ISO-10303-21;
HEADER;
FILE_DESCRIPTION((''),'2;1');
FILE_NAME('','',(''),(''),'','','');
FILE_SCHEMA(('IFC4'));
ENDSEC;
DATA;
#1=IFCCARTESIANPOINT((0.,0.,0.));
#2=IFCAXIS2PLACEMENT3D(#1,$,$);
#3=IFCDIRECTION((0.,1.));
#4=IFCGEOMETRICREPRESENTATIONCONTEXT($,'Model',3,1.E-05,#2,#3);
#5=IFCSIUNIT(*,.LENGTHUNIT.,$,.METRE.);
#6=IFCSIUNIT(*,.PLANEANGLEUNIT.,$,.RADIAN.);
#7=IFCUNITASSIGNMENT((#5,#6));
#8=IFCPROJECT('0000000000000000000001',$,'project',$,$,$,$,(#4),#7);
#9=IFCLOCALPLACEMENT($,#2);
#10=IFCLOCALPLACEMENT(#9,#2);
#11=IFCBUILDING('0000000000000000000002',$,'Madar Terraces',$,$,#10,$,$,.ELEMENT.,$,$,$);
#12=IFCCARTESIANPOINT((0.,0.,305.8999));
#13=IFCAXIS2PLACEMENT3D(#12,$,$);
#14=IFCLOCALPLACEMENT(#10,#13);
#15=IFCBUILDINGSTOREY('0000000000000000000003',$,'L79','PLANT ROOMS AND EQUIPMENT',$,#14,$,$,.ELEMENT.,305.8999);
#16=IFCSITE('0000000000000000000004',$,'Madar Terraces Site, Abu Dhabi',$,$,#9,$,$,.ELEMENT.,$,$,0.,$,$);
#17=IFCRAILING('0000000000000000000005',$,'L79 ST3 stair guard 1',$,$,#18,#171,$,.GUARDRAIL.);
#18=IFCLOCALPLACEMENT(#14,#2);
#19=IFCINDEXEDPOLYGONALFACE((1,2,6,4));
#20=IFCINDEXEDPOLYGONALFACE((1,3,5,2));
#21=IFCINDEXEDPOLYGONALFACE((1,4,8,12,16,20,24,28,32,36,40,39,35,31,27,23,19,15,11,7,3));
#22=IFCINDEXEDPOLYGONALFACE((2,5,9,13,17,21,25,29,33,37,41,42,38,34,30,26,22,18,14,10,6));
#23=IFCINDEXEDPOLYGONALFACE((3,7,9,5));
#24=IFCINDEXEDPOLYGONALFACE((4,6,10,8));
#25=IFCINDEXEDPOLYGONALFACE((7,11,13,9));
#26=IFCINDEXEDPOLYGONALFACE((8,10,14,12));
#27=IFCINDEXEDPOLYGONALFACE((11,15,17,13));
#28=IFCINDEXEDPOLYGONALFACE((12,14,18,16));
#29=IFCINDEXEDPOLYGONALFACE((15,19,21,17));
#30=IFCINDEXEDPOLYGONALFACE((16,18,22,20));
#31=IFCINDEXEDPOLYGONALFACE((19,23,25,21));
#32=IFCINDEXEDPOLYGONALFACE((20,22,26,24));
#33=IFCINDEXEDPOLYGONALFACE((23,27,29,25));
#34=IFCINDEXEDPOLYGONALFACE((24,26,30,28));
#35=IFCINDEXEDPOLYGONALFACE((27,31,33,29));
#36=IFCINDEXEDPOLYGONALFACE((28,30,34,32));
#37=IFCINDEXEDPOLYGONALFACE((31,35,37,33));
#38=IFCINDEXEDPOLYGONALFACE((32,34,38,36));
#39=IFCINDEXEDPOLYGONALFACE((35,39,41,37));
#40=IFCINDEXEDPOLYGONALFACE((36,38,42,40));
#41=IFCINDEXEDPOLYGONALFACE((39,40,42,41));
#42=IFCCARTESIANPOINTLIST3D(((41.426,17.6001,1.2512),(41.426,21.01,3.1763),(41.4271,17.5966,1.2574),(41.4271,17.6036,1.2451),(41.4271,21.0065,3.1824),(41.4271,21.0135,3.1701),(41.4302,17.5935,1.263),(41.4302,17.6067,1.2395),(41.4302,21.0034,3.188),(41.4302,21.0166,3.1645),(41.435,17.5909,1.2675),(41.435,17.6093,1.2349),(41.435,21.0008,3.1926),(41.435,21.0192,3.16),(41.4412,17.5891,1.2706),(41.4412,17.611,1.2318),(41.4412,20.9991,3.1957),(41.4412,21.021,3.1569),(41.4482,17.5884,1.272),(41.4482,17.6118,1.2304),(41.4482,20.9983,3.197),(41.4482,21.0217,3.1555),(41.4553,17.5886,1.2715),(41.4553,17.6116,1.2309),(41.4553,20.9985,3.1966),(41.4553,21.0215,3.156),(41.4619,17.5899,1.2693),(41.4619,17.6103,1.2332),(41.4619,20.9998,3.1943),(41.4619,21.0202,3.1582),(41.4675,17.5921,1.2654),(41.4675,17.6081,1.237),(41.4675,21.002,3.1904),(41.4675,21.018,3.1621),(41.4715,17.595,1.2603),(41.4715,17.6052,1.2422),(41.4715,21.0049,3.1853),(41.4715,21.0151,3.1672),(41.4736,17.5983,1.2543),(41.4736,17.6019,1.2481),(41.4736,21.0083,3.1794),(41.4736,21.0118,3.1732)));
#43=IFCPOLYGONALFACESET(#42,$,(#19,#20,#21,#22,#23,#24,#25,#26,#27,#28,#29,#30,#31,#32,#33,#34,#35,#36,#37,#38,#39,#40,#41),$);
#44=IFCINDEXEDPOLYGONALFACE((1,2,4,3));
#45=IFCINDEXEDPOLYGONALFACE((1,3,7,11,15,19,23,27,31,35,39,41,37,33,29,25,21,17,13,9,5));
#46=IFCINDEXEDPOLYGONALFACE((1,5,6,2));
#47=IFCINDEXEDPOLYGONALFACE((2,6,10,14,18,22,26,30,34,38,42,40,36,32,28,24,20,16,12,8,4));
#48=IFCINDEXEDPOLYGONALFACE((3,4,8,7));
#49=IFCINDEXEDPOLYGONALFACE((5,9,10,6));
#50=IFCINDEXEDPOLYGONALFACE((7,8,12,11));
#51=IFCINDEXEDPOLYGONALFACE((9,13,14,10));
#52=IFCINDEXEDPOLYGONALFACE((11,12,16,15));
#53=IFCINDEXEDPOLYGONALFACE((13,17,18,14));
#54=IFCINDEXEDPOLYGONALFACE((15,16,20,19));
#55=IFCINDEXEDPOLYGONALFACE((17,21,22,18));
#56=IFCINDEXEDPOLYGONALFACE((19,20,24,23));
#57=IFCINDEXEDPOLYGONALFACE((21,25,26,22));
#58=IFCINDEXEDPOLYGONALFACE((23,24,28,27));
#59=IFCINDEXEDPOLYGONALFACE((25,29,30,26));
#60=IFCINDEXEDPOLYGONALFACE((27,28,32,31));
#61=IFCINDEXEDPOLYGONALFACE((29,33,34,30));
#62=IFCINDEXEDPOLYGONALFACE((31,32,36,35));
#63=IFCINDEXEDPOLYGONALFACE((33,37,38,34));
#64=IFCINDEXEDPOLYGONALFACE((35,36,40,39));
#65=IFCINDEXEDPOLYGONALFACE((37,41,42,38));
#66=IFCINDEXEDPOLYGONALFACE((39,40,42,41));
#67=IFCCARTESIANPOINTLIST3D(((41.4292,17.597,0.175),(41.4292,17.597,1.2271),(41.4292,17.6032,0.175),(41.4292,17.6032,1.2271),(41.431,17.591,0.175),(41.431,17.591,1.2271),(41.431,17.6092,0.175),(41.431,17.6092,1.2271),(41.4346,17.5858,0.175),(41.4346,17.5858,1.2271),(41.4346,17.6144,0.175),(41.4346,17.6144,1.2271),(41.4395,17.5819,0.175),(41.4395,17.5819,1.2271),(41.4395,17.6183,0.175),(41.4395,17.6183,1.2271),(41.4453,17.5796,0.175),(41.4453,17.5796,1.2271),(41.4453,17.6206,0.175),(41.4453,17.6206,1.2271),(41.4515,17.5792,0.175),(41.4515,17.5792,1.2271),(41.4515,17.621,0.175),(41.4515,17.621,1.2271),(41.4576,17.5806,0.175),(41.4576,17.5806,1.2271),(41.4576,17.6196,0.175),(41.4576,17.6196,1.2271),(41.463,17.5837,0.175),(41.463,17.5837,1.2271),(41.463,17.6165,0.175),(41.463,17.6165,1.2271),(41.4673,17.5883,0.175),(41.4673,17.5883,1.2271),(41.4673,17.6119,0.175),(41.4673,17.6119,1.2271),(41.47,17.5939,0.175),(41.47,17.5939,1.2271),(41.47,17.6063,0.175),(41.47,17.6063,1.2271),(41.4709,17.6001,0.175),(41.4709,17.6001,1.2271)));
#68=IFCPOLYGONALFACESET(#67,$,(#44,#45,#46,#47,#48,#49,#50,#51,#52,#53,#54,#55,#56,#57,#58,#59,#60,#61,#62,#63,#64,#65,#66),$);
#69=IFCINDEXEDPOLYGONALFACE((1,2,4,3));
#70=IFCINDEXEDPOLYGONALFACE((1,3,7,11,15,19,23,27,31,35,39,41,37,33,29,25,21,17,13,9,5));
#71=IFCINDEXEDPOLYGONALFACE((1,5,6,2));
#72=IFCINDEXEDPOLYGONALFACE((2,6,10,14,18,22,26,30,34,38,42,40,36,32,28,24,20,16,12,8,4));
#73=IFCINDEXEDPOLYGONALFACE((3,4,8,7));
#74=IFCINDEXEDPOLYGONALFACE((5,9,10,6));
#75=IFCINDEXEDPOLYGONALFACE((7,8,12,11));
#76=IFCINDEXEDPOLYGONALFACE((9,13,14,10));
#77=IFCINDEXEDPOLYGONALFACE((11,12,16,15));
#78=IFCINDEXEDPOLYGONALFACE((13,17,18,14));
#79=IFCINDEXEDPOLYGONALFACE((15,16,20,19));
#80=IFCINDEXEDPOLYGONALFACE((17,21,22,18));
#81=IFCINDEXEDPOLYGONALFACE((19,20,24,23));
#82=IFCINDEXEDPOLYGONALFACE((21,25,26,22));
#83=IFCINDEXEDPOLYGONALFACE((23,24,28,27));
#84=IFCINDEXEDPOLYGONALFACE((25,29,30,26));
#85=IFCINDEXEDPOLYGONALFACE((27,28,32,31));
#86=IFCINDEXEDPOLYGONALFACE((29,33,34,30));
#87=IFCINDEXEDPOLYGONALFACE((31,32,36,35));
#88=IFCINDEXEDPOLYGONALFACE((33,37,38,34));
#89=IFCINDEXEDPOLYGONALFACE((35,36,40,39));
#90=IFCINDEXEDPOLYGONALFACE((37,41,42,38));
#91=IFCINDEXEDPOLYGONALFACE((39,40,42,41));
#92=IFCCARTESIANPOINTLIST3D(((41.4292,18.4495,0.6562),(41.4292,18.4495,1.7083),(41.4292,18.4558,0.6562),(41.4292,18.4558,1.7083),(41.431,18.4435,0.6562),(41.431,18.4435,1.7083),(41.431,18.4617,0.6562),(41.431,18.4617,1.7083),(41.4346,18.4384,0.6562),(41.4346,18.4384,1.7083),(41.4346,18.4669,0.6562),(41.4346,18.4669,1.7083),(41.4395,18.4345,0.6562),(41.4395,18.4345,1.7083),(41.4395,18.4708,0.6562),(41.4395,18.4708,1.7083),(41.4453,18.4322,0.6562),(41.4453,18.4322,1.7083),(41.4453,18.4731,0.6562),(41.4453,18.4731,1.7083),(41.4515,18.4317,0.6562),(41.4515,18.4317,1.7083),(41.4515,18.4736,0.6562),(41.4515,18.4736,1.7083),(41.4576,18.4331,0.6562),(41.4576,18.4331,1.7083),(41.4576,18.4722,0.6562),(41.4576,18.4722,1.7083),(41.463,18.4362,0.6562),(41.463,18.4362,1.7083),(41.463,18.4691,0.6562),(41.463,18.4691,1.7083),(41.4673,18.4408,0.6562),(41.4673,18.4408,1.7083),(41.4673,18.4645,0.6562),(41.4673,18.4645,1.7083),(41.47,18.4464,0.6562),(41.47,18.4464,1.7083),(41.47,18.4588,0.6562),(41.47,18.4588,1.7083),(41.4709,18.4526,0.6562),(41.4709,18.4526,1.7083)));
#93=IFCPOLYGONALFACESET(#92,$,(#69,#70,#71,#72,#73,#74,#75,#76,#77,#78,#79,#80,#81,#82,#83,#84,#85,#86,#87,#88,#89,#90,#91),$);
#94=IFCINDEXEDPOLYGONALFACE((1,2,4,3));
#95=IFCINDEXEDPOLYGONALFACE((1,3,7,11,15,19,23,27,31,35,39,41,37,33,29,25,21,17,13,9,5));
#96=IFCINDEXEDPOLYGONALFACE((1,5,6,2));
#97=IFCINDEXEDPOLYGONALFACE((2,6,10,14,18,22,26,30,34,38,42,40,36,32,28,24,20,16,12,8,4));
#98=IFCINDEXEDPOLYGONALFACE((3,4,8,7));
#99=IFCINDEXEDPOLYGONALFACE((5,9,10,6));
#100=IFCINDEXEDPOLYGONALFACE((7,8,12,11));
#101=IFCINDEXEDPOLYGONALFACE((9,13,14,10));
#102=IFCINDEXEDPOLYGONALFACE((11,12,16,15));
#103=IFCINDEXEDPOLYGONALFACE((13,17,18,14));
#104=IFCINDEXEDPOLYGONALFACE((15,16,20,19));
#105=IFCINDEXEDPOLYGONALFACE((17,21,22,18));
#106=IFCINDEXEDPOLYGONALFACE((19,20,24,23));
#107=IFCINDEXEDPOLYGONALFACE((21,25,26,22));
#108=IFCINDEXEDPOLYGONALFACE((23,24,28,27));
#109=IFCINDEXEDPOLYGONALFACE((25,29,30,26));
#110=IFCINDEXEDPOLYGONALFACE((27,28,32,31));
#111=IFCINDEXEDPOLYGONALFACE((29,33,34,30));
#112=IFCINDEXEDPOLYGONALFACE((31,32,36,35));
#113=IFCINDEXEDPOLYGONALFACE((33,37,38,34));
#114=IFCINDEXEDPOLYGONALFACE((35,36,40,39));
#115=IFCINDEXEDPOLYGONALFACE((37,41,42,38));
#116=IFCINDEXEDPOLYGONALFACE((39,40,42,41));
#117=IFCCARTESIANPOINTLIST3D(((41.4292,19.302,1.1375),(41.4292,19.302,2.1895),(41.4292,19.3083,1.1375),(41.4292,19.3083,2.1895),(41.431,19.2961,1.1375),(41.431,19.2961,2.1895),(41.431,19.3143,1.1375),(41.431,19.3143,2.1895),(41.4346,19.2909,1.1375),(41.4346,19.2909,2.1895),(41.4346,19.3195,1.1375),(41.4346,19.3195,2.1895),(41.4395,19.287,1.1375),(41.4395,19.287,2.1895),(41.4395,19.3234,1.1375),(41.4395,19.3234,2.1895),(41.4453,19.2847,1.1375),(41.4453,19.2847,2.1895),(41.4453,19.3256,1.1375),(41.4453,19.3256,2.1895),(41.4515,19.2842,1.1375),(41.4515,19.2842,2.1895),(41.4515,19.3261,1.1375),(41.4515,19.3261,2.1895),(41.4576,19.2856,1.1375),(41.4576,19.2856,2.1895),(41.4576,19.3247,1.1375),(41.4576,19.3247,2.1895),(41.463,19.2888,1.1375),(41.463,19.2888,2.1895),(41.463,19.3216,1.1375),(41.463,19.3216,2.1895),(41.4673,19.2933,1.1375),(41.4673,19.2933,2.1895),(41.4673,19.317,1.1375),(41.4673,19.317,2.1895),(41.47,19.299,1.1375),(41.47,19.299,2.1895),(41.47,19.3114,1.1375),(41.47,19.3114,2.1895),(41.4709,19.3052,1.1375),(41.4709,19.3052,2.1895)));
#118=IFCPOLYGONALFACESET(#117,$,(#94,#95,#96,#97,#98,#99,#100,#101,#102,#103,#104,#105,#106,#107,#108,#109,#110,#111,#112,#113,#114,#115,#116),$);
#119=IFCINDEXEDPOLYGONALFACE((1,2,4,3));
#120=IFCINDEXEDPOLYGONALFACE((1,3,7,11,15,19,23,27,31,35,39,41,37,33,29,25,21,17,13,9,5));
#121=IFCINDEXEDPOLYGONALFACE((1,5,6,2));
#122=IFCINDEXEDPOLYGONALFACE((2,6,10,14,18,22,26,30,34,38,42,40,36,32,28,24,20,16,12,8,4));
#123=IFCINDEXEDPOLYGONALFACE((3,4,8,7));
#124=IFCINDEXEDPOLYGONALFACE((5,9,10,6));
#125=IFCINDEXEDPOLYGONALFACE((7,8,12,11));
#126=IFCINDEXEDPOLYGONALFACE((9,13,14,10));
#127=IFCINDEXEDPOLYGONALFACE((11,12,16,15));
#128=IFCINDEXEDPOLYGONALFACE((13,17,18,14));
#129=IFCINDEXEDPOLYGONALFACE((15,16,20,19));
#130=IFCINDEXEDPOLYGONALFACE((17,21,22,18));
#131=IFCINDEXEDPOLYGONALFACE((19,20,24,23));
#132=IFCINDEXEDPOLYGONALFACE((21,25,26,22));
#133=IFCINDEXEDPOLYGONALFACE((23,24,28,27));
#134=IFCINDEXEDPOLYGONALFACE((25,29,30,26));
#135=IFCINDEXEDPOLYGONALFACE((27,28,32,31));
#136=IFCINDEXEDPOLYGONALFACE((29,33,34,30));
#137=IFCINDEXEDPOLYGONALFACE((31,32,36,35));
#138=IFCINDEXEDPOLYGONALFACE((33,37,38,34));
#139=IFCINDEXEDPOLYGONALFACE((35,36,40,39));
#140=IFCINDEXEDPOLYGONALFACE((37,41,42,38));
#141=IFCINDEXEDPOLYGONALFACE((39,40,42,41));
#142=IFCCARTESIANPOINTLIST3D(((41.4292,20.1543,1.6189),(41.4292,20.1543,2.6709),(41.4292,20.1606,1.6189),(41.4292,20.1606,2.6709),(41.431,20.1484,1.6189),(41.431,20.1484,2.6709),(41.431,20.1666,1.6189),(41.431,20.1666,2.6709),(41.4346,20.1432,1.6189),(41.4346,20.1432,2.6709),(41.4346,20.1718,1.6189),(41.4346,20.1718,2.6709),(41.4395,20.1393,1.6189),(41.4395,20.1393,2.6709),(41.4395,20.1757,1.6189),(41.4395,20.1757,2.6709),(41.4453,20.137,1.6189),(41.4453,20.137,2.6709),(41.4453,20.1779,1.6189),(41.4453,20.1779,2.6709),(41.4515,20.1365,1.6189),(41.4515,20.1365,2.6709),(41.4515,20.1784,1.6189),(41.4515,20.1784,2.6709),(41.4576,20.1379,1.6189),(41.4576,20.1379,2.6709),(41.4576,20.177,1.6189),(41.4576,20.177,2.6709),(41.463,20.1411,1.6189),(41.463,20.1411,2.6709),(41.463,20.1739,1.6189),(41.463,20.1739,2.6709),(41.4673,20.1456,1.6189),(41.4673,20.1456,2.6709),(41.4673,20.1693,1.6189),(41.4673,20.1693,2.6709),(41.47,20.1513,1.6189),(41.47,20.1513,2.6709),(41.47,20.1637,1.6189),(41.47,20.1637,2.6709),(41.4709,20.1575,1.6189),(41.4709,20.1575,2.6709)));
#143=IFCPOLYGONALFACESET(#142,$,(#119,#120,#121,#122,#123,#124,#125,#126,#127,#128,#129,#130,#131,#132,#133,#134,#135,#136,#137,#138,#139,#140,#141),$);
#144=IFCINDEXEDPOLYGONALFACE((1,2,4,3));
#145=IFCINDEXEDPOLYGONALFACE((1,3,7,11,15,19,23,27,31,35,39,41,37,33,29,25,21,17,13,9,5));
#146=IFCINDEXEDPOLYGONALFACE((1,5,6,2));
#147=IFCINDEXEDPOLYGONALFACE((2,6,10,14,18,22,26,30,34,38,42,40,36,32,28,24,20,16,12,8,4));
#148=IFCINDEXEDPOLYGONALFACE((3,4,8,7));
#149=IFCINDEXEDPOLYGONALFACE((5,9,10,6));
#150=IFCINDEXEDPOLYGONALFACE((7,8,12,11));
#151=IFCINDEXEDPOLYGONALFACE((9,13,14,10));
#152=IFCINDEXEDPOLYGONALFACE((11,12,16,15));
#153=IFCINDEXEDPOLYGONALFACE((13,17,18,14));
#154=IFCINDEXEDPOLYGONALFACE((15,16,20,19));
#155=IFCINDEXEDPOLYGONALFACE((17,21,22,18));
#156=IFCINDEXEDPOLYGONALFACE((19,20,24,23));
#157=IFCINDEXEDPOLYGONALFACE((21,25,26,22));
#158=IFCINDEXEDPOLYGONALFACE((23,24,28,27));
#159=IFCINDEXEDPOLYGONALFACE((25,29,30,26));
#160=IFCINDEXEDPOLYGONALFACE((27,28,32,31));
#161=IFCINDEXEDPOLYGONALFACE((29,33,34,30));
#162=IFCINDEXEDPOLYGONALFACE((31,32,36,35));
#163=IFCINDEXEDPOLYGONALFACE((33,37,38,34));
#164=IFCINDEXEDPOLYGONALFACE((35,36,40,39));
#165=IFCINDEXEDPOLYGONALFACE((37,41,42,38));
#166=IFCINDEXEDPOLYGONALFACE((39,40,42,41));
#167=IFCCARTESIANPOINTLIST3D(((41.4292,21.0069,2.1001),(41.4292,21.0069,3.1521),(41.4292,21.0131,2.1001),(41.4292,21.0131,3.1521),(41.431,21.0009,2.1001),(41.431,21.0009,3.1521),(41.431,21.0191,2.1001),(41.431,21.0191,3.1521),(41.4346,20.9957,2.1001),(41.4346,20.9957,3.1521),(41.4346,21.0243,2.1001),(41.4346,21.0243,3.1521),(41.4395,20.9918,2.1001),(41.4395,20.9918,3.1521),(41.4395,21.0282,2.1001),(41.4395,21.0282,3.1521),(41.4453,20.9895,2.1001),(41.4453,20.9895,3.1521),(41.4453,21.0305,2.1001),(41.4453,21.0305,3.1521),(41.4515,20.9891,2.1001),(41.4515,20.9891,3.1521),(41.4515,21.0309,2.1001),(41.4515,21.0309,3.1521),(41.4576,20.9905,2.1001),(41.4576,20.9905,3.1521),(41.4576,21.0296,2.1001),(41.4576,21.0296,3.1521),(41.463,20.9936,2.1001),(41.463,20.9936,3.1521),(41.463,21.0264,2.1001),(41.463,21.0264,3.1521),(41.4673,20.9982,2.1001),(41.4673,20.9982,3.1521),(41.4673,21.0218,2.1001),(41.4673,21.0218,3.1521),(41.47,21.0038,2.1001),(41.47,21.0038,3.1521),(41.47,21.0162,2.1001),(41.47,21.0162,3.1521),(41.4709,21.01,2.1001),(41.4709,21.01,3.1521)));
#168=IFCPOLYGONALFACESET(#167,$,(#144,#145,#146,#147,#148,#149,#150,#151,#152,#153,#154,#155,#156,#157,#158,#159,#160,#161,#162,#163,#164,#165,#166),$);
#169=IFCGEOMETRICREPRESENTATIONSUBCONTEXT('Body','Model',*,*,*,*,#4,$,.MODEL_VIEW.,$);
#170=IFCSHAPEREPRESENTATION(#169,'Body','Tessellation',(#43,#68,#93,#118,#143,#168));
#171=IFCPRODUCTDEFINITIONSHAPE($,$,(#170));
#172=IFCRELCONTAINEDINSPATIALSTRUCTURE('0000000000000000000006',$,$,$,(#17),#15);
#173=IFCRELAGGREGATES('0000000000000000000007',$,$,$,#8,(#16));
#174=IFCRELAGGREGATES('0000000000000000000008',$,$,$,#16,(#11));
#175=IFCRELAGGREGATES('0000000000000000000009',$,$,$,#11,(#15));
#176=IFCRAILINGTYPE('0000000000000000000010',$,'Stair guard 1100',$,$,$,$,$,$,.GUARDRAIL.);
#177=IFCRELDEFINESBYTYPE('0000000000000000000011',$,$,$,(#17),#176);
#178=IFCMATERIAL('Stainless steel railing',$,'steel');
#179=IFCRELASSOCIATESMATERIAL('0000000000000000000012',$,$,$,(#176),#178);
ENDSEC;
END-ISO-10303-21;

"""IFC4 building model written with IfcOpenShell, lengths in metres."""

from ifc_helpers import new_model, si_unit, direction, frame, origin, origin_2d, place, context, subcontext, project, spatial, circle, extrude, material, type_object, element, save


model = new_model("IFC4")

# Units and contexts
model_context = context("Model", 3, precision=1e-05, world=origin(), true_north=direction((0.0, 1.0)))
body_context = subcontext(model_context, "Body", "Model", "MODEL_VIEW")
ifc_project = project(units=[si_unit("LENGTHUNIT", "METRE"), si_unit("PLANEANGLEUNIT", "RADIAN")], contexts=[model_context])

# Site, building, storey
site_placement = place(None, origin())
site = spatial("IfcSite", under=ifc_project, at=site_placement, Name="Madar Terraces Site, Abu Dhabi", CompositionType="ELEMENT", RefElevation=0.0)
building_placement = place(site_placement, origin())
building = spatial("IfcBuilding", under=site, at=building_placement, Name="Madar Terraces", CompositionType="ELEMENT")
storey_placement = place(building_placement, frame((0.0, 0.0, 305.8999)))
storey = spatial("IfcBuildingStorey", under=building, at=storey_placement, Name="L79", Description="PLANT ROOMS AND EQUIPMENT", CompositionType="ELEMENT", Elevation=305.8999)

# Railing
ifc_material_1 = material(Name="Stainless steel railing", Category="steel")
railing_type_1 = type_object("IfcRailingType", Name="Stair guard 1100", PredefinedType="GUARDRAIL", material=ifc_material_1)
railing_1_placement = place(storey_placement, frame((41.45, 17.6001, 0.175)))
element("IfcRailing", 1, at=railing_1_placement, inside=storey, type_object=railing_type_1, Name="L79 ST3 stair guard 1", PredefinedType="GUARDRAIL", context=body_context, shape_type="SweptSolid", body=[
    extrude(circle(Radius=0.0239, at=origin_2d()), frame((0.0, 0.0, 1.0762), z_axis=(0.0, 0.870814, 0.491613), x_axis=(-1.0, 0.0, 0.0)), (0.0, 0.0, 1.0), 3.9158),
    extrude(circle(Radius=0.021, at=origin_2d()), origin(), (0.0, 0.0, 1.0), 1.052),
    extrude(circle(Radius=0.021, at=origin_2d()), frame((0.0, 0.8525, 0.4812)), (0.0, 0.0, 1.0), 1.052),
    extrude(circle(Radius=0.021, at=origin_2d()), frame((0.0, 1.7051, 0.9624)), (0.0, 0.0, 1.0), 1.052),
    extrude(circle(Radius=0.021, at=origin_2d()), frame((0.0, 2.5574, 1.4438)), (0.0, 0.0, 1.0), 1.052),
    extrude(circle(Radius=0.021, at=origin_2d()), frame((0.0, 3.4099, 1.925)), (0.0, 0.0, 1.0), 1.052),
])

save(model, "model.ifc")
